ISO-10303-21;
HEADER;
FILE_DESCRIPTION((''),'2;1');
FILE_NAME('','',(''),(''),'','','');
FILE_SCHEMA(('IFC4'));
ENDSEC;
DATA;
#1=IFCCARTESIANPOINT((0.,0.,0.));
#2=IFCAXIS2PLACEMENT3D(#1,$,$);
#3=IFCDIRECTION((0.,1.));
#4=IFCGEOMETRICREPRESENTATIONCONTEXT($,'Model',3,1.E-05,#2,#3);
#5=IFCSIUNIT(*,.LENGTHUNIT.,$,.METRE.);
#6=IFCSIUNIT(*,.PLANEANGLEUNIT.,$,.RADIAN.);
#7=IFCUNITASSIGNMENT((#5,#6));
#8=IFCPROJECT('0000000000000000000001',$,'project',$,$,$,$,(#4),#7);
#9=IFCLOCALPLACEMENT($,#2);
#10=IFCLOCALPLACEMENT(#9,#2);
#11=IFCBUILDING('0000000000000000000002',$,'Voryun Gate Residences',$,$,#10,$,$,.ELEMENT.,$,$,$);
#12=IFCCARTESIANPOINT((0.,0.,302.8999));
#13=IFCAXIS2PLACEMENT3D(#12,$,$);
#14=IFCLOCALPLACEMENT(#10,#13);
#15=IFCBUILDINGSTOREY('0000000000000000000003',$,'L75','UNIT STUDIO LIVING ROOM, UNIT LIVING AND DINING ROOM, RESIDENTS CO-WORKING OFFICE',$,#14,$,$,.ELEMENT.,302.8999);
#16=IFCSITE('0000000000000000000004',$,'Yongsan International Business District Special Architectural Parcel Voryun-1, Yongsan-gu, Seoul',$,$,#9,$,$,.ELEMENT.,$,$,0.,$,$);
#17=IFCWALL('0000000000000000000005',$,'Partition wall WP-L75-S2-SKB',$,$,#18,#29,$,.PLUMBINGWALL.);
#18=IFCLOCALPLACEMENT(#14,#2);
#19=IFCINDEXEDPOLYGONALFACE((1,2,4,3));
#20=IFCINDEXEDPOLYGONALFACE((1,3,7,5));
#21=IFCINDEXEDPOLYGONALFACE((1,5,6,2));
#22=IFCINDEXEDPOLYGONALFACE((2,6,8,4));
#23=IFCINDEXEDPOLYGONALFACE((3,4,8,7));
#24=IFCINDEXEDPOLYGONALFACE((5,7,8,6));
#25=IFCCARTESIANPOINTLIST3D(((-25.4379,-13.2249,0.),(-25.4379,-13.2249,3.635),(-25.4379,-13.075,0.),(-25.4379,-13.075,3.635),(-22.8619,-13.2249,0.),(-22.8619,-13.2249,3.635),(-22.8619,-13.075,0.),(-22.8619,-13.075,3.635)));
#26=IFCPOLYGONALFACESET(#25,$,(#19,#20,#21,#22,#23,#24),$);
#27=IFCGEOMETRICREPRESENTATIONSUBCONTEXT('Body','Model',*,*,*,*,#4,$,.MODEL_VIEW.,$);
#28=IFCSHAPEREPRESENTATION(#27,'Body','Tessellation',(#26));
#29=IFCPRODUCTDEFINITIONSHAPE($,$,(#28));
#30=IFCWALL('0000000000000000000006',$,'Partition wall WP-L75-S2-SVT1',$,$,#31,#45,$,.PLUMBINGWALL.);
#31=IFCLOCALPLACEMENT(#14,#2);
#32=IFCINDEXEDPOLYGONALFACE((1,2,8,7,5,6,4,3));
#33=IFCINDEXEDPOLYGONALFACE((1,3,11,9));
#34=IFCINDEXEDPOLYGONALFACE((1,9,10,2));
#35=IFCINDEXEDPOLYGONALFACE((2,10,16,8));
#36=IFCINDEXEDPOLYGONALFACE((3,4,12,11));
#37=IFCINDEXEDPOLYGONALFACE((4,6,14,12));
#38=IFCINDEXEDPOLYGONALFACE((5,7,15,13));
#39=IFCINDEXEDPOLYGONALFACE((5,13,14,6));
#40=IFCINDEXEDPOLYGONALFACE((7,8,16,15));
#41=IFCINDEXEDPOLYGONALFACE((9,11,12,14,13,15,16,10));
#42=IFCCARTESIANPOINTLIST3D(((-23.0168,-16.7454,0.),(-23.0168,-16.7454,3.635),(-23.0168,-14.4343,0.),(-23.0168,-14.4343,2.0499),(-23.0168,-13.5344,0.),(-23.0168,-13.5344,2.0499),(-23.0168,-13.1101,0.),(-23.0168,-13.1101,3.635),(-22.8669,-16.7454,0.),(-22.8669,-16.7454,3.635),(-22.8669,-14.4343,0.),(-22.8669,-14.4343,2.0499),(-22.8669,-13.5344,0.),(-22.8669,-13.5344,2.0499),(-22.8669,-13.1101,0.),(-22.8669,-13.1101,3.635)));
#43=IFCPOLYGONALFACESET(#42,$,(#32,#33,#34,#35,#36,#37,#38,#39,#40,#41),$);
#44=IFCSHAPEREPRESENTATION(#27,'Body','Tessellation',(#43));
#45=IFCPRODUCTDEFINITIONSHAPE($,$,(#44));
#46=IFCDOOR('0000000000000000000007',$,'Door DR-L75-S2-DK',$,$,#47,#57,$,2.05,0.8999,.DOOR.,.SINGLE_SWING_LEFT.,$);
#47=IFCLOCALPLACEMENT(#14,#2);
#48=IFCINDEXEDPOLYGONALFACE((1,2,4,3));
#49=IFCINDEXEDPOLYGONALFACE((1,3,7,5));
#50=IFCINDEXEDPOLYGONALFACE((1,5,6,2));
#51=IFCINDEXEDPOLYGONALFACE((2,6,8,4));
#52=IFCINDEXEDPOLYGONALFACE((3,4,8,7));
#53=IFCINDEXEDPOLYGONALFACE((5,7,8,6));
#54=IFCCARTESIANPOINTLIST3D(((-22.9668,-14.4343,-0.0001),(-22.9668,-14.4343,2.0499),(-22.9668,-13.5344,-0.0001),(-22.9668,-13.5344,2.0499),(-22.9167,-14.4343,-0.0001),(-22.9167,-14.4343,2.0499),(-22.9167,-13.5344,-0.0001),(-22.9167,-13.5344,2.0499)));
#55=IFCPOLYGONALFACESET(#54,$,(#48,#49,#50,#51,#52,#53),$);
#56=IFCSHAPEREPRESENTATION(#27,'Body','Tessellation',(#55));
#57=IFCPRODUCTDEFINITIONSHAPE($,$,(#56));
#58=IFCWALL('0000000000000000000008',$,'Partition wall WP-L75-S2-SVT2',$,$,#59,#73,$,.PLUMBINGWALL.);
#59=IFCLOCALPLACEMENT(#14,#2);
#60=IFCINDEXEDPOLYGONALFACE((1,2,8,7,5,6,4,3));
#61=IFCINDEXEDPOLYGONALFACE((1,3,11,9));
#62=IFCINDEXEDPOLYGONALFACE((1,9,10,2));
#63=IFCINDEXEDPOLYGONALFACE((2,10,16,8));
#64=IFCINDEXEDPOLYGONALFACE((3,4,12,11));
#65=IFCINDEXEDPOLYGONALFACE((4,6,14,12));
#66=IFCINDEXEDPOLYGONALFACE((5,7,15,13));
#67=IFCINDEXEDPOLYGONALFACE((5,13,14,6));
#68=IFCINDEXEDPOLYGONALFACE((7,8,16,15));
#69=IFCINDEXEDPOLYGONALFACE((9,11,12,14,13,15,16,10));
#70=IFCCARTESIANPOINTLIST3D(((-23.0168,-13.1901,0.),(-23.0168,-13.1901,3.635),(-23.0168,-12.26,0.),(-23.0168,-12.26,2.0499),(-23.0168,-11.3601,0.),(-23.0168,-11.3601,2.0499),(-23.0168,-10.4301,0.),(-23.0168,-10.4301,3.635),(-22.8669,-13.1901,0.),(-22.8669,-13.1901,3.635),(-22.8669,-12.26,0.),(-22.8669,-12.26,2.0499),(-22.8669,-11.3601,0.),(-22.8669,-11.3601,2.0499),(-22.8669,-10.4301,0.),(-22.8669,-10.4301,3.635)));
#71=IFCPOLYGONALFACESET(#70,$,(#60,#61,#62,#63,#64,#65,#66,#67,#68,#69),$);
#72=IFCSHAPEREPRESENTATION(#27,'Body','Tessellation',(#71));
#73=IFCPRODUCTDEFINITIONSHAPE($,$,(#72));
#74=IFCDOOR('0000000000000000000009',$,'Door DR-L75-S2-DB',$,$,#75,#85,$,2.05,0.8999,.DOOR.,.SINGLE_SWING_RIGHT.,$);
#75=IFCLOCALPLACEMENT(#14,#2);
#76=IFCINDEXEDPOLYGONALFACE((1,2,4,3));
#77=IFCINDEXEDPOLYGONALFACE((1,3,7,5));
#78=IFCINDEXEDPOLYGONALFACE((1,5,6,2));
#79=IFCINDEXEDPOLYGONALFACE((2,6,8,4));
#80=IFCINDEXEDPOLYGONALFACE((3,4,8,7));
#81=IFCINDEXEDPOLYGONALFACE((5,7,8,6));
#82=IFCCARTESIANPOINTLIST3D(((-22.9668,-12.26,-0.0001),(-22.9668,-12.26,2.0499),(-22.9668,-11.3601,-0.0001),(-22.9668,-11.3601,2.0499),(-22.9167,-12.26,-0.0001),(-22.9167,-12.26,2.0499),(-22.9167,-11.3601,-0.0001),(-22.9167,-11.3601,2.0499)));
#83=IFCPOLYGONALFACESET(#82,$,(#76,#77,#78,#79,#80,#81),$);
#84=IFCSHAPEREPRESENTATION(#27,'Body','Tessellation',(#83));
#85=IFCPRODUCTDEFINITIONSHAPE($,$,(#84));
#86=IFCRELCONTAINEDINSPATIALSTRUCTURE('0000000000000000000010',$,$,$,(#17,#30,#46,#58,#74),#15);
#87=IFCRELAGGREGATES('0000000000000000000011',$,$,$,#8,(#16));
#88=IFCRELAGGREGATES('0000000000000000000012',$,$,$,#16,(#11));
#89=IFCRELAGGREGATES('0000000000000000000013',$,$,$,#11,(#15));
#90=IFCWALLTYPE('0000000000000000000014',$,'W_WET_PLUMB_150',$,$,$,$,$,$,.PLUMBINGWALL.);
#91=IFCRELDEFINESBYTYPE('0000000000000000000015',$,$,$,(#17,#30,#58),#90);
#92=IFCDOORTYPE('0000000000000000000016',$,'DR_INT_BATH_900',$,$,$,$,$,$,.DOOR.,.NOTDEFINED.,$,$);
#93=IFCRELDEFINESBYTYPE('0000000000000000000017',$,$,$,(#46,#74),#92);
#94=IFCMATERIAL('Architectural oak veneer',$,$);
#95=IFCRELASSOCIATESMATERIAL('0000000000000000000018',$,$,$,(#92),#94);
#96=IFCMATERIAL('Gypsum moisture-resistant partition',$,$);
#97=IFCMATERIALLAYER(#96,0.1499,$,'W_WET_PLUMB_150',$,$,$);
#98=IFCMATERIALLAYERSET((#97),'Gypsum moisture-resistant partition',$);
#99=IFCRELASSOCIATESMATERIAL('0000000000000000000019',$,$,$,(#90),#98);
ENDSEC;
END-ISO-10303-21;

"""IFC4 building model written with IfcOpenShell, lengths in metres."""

from ifc_helpers import new_model, si_unit, direction, frame, frame_2d, origin, place, context, subcontext, project, spatial, rectangle, extrude, material, layer, layer_set, type_object, element, fill, save


model = new_model("IFC4")

# Units and contexts
model_context = context("Model", 3, precision=1e-05, world=origin(), true_north=direction((0.0, 1.0)))
body_context = subcontext(model_context, "Body", "Model", "MODEL_VIEW")
ifc_project = project(units=[si_unit("LENGTHUNIT", "METRE"), si_unit("PLANEANGLEUNIT", "RADIAN")], contexts=[model_context])

# Site, building, storey
site_placement = place(None, origin())
site = spatial("IfcSite", under=ifc_project, at=site_placement, Name="Yongsan International Business District Special Architectural Parcel Voryun-1, Yongsan-gu, Seoul", CompositionType="ELEMENT", RefElevation=0.0)
building_placement = place(site_placement, origin())
building = spatial("IfcBuilding", under=site, at=building_placement, Name="Voryun Gate Residences", CompositionType="ELEMENT")
storey_placement = place(building_placement, frame((0.0, 0.0, 302.8999)))
storey = spatial("IfcBuildingStorey", under=building, at=storey_placement, Name="L75", Description="UNIT STUDIO LIVING ROOM, UNIT LIVING AND DINING ROOM, RESIDENTS CO-WORKING OFFICE", CompositionType="ELEMENT", Elevation=302.8999)

# Shared definitions
ifc_material_1 = material(Name="Architectural oak veneer")
door_type = type_object("IfcDoorType", Name="DR_INT_BATH_900", OperationType="NOTDEFINED", PredefinedType="DOOR", material=ifc_material_1)

# Shared definitions
ifc_material_2 = material(Name="Gypsum moisture-resistant partition")
ifc_layer_1 = layer(ifc_material_2, 0.1499, Name="W_WET_PLUMB_150")
ifc_layer_set_1 = layer_set([ifc_layer_1], Name="Gypsum moisture-resistant partition")
wall_type_1 = type_object("IfcWallType", Name="W_WET_PLUMB_150", PredefinedType="PLUMBINGWALL", material=ifc_layer_set_1)

# Wall
wall_1_placement = place(storey_placement, frame((-25.438, -13.1499, 0.0), z_axis=(0.0, 0.0, 1.0), x_axis=(1.0, 0.0, 0.0)))
element("IfcWall", 1, at=wall_1_placement, inside=storey, type_object=wall_type_1, Name="Partition wall WP-L75-S2-SKB", PredefinedType="PLUMBINGWALL", context=body_context, shape_type="SweptSolid", body=[
    extrude(rectangle(XDim=2.5759, YDim=0.1499, at=frame_2d((1.2881, 0.0))), origin(), (0.0, 0.0, 1.0), 3.635),
])

# Walls, openings, doors
wall_2_placement = place(storey_placement, frame((-22.9419, -16.7454, 0.0), z_axis=(0.0, 0.0, 1.0), x_axis=(0.0, 1.0, 0.0)))
wall_2 = element("IfcWall", 2, at=wall_2_placement, inside=storey, type_object=wall_type_1, Name="Partition wall WP-L75-S2-SVT1", PredefinedType="PLUMBINGWALL", context=body_context, shape_type="SweptSolid", body=[
    extrude(rectangle(XDim=3.6353, YDim=0.1499, at=frame_2d((1.8176, 0.0))), origin(), (0.0, 0.0, 1.0), 3.635),
])
opening_1_placement = place(wall_2_placement, frame((2.311, 0.0, 0.0)))
opening_1 = element("IfcOpeningElement", 3, at=opening_1_placement, cuts=wall_2, PredefinedType="OPENING", context=body_context, shape_type="SweptSolid", body=[
    extrude(rectangle(XDim=0.8999, YDim=2.05, at=frame_2d((0.45, 1.0249))), frame((0.0, 0.085, 0.0), z_axis=(0.0, -1.0, 0.0), x_axis=(1.0, 0.0, 0.0)), (0.0, 0.0, 1.0), 0.1699),
])
door_1_placement = place(opening_1_placement, origin())
door_1 = element("IfcDoor", 4, at=door_1_placement, inside=storey, type_object=door_type, Name="Door DR-L75-S2-DK", OperationType="SINGLE_SWING_LEFT", OverallHeight=2.05, OverallWidth=0.8999, PredefinedType="DOOR", context=body_context, shape_type="SweptSolid", body=[
    extrude(rectangle(XDim=0.8999, YDim=2.05, at=frame_2d((0.45, 1.0249))), frame((0.0, 0.0249, 0.0), z_axis=(0.0, -1.0, 0.0), x_axis=(1.0, 0.0, 0.0)), (0.0, 0.0, 1.0), 0.05),
])
fill(opening_1, door_1)
wall_3_placement = place(storey_placement, frame((-22.9419, -13.1899, 0.0), z_axis=(0.0, 0.0, 1.0), x_axis=(0.0, 1.0, 0.0)))
wall_3 = element("IfcWall", 5, at=wall_3_placement, inside=storey, type_object=wall_type_1, Name="Partition wall WP-L75-S2-SVT2", PredefinedType="PLUMBINGWALL", context=body_context, shape_type="SweptSolid", body=[
    extrude(rectangle(XDim=2.76, YDim=0.1499, at=frame_2d((1.3799, 0.0))), origin(), (0.0, 0.0, 1.0), 3.635),
])
opening_2_placement = place(wall_3_placement, frame((0.9299, 0.0, 0.0)))
opening_2 = element("IfcOpeningElement", 6, at=opening_2_placement, cuts=wall_3, PredefinedType="OPENING", context=body_context, shape_type="SweptSolid", body=[
    extrude(rectangle(XDim=0.8999, YDim=2.05, at=frame_2d((0.45, 1.0249))), frame((0.0, 0.085, 0.0), z_axis=(0.0, -1.0, 0.0), x_axis=(1.0, 0.0, 0.0)), (0.0, 0.0, 1.0), 0.1699),
])
door_2_placement = place(opening_2_placement, origin())
door_2 = element("IfcDoor", 7, at=door_2_placement, inside=storey, type_object=door_type, Name="Door DR-L75-S2-DB", OperationType="SINGLE_SWING_RIGHT", OverallHeight=2.05, OverallWidth=0.8999, PredefinedType="DOOR", context=body_context, shape_type="SweptSolid", body=[
    extrude(rectangle(XDim=0.8999, YDim=2.05, at=frame_2d((0.45, 1.0249))), frame((0.0, 0.0249, 0.0), z_axis=(0.0, -1.0, 0.0), x_axis=(1.0, 0.0, 0.0)), (0.0, 0.0, 1.0), 0.05),
])
fill(opening_2, door_2)

save(model, "model.ifc")
